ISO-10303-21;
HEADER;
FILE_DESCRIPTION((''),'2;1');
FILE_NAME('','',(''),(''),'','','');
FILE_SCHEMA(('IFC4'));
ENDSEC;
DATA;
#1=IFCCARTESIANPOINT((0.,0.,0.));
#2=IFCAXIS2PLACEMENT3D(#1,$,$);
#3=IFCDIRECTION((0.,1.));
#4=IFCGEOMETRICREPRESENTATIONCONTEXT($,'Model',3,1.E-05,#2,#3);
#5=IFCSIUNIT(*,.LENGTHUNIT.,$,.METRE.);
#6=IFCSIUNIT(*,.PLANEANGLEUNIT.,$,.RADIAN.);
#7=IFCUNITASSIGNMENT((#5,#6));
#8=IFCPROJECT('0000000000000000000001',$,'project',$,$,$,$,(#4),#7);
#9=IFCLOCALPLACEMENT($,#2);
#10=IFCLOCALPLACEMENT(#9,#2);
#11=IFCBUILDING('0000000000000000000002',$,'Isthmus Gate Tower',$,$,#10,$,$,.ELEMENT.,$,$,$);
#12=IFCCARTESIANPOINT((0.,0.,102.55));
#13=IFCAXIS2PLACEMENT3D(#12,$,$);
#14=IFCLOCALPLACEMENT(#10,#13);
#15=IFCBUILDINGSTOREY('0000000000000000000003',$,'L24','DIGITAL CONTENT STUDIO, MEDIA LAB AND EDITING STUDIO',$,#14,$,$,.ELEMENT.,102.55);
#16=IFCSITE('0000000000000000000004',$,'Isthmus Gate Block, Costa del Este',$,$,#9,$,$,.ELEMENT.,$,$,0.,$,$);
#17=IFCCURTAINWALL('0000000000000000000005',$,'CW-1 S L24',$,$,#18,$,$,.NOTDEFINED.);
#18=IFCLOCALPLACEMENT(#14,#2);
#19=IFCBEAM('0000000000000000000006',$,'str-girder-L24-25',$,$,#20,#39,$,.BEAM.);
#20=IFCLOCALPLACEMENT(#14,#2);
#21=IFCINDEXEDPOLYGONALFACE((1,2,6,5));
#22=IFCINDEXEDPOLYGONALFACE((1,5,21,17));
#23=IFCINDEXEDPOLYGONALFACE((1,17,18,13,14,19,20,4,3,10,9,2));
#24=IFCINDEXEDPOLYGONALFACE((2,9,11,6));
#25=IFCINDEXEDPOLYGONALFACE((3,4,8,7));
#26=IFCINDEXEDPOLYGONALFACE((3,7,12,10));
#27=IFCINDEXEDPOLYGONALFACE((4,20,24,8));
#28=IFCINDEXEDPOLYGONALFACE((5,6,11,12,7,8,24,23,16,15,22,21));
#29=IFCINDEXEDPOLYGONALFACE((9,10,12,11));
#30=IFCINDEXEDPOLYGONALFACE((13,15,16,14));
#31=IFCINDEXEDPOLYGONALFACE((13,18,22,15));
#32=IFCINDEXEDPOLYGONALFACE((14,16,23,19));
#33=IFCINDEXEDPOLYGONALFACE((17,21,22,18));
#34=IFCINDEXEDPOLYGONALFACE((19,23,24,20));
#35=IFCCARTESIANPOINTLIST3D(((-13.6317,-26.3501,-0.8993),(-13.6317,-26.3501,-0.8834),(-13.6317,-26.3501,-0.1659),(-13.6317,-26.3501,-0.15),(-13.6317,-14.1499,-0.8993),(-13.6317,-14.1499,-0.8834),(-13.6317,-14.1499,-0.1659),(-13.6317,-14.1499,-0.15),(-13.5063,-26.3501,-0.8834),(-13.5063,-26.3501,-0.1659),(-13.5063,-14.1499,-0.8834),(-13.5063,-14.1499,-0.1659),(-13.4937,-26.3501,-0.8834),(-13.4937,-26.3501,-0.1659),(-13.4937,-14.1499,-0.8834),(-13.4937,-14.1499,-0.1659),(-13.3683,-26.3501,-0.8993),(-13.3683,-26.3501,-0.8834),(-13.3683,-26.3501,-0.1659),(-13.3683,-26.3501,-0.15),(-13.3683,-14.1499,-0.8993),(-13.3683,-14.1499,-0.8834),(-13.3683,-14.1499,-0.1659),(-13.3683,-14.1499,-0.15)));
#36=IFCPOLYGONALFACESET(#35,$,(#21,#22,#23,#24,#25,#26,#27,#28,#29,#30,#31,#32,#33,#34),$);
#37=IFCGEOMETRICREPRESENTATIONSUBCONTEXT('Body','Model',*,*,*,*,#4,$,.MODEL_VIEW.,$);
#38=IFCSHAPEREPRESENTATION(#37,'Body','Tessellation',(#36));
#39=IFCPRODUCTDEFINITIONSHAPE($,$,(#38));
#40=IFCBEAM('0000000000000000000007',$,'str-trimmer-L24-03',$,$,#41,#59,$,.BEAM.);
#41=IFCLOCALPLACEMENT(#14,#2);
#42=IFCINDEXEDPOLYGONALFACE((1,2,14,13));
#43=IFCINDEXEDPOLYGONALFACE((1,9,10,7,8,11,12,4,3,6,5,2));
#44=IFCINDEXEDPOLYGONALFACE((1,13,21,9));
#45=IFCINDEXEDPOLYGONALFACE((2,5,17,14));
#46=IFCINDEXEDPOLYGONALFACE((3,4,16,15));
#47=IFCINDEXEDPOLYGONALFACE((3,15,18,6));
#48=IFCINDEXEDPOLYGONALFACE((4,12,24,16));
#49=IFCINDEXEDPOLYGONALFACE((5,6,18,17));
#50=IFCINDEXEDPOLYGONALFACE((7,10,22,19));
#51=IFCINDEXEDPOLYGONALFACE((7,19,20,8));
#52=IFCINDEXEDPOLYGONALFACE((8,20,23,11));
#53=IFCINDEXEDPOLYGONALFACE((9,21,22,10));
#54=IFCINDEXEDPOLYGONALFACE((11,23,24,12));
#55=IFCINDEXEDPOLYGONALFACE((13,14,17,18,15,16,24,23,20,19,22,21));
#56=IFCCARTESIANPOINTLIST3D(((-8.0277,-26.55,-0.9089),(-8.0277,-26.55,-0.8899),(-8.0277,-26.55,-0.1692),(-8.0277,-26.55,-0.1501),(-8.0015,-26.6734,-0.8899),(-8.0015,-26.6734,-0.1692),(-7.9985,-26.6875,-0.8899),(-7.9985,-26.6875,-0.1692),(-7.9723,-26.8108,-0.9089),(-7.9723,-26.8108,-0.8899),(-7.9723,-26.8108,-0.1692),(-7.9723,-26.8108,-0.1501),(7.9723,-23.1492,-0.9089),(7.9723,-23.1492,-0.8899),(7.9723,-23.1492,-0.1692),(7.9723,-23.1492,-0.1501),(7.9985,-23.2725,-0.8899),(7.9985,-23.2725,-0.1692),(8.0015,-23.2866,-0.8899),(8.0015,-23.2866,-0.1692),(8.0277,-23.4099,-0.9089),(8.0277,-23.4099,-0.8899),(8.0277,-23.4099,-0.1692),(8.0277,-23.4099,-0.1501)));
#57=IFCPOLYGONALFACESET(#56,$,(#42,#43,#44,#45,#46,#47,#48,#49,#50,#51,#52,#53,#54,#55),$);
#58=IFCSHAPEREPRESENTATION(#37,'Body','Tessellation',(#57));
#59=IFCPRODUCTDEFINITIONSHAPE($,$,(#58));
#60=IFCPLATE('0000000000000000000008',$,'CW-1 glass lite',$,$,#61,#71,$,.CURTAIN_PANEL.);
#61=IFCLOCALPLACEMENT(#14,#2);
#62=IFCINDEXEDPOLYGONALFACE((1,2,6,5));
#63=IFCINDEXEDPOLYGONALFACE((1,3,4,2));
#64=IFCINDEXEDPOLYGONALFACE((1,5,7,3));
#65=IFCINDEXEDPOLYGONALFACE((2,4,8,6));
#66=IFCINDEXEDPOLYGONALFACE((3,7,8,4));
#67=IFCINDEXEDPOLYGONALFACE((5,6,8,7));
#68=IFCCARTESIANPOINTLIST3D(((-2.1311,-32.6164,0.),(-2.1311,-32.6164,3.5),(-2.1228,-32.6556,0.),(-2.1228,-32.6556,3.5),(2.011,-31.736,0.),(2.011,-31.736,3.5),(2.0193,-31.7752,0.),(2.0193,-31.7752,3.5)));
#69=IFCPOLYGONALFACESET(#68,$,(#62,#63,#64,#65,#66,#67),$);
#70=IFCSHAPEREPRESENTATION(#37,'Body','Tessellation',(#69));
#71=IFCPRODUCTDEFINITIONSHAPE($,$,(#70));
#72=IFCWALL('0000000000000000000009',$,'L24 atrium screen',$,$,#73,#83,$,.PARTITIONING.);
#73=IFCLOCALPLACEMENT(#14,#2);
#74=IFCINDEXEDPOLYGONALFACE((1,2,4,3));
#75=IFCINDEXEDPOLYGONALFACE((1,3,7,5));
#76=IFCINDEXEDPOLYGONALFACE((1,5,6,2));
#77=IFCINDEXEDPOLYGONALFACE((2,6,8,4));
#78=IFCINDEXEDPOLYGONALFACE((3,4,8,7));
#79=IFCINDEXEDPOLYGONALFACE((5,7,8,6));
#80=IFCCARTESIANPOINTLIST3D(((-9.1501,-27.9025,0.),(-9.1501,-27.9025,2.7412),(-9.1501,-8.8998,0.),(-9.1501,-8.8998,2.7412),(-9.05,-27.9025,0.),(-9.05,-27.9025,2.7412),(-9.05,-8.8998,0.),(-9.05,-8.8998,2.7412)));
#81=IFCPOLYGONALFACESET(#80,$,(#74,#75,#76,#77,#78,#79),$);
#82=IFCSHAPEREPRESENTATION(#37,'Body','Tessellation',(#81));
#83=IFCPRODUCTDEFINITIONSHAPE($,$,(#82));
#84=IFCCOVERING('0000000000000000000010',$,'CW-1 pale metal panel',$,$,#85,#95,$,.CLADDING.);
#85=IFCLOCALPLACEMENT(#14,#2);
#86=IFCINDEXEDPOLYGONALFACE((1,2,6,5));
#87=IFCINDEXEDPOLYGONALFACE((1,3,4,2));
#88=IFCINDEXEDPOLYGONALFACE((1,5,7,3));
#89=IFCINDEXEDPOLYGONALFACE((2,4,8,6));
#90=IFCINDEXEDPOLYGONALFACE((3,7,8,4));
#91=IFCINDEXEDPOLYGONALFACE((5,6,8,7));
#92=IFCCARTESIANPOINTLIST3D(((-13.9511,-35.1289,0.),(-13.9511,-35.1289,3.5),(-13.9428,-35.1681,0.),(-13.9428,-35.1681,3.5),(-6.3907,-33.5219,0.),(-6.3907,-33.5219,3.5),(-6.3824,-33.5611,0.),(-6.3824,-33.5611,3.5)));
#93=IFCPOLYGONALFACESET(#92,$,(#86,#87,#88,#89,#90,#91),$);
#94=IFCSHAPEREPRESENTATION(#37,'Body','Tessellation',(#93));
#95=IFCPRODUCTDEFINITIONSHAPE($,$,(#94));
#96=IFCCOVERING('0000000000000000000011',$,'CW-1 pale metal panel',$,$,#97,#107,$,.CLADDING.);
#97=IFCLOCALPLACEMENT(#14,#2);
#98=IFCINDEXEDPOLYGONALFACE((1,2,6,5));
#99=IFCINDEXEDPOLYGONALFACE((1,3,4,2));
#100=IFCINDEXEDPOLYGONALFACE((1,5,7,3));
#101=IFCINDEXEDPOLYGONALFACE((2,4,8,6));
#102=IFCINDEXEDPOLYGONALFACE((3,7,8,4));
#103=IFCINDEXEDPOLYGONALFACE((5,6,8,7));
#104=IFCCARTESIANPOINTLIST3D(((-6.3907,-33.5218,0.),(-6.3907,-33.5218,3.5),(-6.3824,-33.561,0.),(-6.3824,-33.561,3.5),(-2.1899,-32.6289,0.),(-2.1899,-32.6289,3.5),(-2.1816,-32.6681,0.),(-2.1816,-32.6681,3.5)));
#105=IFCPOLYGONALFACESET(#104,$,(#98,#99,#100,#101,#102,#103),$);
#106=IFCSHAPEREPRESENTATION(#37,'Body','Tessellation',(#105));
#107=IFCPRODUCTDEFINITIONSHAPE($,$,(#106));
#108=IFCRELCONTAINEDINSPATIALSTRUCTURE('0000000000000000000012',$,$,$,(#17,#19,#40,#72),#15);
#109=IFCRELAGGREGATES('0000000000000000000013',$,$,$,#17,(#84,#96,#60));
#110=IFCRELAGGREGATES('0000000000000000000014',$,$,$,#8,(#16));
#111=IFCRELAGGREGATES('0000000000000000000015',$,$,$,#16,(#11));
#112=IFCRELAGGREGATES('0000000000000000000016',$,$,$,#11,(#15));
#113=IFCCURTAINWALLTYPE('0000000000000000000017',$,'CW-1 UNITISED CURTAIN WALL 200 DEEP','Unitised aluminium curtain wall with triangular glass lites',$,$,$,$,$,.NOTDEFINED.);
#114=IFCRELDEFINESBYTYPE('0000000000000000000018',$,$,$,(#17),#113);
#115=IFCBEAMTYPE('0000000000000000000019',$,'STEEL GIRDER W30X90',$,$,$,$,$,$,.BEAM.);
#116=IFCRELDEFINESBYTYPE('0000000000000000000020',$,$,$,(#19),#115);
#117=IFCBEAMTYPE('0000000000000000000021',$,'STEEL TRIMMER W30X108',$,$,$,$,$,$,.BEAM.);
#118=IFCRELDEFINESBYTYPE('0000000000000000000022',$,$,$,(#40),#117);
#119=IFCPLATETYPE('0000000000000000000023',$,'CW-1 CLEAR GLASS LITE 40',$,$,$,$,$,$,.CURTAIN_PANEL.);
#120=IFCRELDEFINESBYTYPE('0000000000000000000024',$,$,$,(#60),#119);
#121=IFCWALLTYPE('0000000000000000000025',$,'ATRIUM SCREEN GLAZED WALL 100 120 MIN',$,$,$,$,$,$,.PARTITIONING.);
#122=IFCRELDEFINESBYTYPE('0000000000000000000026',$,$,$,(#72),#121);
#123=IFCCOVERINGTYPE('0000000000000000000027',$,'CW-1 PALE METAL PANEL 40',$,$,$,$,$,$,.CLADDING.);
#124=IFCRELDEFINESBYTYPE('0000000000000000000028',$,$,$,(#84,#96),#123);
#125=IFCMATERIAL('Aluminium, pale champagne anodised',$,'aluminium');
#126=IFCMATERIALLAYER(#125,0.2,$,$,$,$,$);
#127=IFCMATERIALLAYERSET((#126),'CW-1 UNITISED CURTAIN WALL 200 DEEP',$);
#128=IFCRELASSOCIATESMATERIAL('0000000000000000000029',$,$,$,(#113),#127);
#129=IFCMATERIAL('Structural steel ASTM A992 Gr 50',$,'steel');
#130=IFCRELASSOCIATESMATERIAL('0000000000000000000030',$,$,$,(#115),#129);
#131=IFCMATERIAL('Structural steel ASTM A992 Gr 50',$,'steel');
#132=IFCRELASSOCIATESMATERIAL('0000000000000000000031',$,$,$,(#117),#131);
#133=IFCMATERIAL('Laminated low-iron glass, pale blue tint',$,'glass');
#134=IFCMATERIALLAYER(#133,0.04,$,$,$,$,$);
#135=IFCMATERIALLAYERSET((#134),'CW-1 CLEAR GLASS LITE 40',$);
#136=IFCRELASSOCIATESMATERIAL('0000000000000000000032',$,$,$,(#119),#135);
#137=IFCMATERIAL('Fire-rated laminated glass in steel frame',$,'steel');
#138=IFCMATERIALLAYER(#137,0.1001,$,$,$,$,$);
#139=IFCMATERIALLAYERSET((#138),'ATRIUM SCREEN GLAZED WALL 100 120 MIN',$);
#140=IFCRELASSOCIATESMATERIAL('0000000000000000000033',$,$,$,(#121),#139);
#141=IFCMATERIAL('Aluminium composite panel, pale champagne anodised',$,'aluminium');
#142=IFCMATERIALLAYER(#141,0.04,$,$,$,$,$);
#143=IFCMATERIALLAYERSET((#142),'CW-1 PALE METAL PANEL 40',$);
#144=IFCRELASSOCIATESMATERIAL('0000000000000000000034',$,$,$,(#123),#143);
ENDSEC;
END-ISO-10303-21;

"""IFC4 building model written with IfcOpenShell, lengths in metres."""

from ifc_helpers import new_model, si_unit, direction, frame, frame_2d, origin, origin_2d, place, context, subcontext, project, spatial, rectangle, i_section, extrude, material, layer, layer_set, material_profile, profile_set, type_object, element, aggregate, save


model = new_model("IFC4")

# Units and contexts
model_context = context("Model", 3, precision=1e-05, world=origin(), true_north=direction((0.0, 1.0)))
body_context = subcontext(model_context, "Body", "Model", "MODEL_VIEW")
ifc_project = project(units=[si_unit("LENGTHUNIT", "METRE"), si_unit("PLANEANGLEUNIT", "RADIAN")], contexts=[model_context])

# Site, building, storey
site_placement = place(None, origin())
site = spatial("IfcSite", under=ifc_project, at=site_placement, Name="Isthmus Gate Block, Costa del Este", CompositionType="ELEMENT", RefElevation=0.0)
building_placement = place(site_placement, origin())
building = spatial("IfcBuilding", under=site, at=building_placement, Name="Isthmus Gate Tower", CompositionType="ELEMENT")
storey_placement = place(building_placement, frame((0.0, 0.0, 102.55)))
storey = spatial("IfcBuildingStorey", under=building, at=storey_placement, Name="L24", Description="DIGITAL CONTENT STUDIO, MEDIA LAB AND EDITING STUDIO", CompositionType="ELEMENT", Elevation=102.55)

# Curtain wall
ifc_material_1 = material(Name="Aluminium, pale champagne anodised", Category="aluminium")
ifc_layer_1 = layer(ifc_material_1, 0.2)
ifc_layer_set_1 = layer_set([ifc_layer_1], Name="CW-1 UNITISED CURTAIN WALL 200 DEEP")
curtain_wall_type = type_object("IfcCurtainWallType", Name="CW-1 UNITISED CURTAIN WALL 200 DEEP", Description="Unitised aluminium curtain wall with triangular glass lites", PredefinedType="NOTDEFINED", material=ifc_layer_set_1)
curtain_wall_placement = place(storey_placement, origin())
curtain_wall = element("IfcCurtainWall", 1, at=curtain_wall_placement, inside=storey, type_object=curtain_wall_type, Name="CW-1 S L24", PredefinedType="NOTDEFINED")

# Beams
ifc_material_2 = material(Name="Structural steel ASTM A992 Gr 50", Category="steel")
ifc_material_profile_1 = material_profile(ifc_material_2, i_section(OverallWidth=0.2634, OverallDepth=0.7493, WebThickness=0.0127, FlangeThickness=0.0159, at=origin_2d()), Name="W30X90")
ifc_profile_set_1 = profile_set([ifc_material_profile_1], Name="Structural steel ASTM A992 Gr 50")
beam_type_1 = type_object("IfcBeamType", Name="STEEL GIRDER W30X90", PredefinedType="BEAM", material=ifc_profile_set_1)
beam_1_placement = place(storey_placement, frame((-13.5, -26.3501, -0.5247), z_axis=(0.0, 1.0, 0.0), x_axis=(-1.0, 0.0, 0.0)))
element("IfcBeam", 2, at=beam_1_placement, inside=storey, type_object=beam_type_1, Name="str-girder-L24-25", PredefinedType="BEAM", context=body_context, shape_type="SweptSolid", body=[
    extrude(i_section(OverallWidth=0.2634, OverallDepth=0.7493, WebThickness=0.0127, FlangeThickness=0.0159, at=origin_2d()), origin(), (0.0, 0.0, 1.0), 12.2002),
])
ifc_material_3 = material(Name="Structural steel ASTM A992 Gr 50", Category="steel")
ifc_material_profile_2 = material_profile(ifc_material_3, i_section(OverallWidth=0.2666, OverallDepth=0.7588, WebThickness=0.0144, FlangeThickness=0.019, at=origin_2d()), Name="W30X108")
ifc_profile_set_2 = profile_set([ifc_material_profile_2], Name="Structural steel ASTM A992 Gr 50")
beam_type_2 = type_object("IfcBeamType", Name="STEEL TRIMMER W30X108", PredefinedType="BEAM", material=ifc_profile_set_2)
beam_2_placement = place(storey_placement, frame((-8.0, -26.6804, -0.5295), z_axis=(0.978148, 0.20791, 0.0), x_axis=(-0.20791, 0.978148, 0.0)))
element("IfcBeam", 3, at=beam_2_placement, inside=storey, type_object=beam_type_2, Name="str-trimmer-L24-03", PredefinedType="BEAM", context=body_context, shape_type="SweptSolid", body=[
    extrude(i_section(OverallWidth=0.2666, OverallDepth=0.7588, WebThickness=0.0144, FlangeThickness=0.019, at=origin_2d()), origin(), (0.0, 0.0, 1.0), 16.3574),
])

# Plate
ifc_material_4 = material(Name="Laminated low-iron glass, pale blue tint", Category="glass")
ifc_layer_2 = layer(ifc_material_4, 0.04)
ifc_layer_set_2 = layer_set([ifc_layer_2], Name="CW-1 CLEAR GLASS LITE 40")
plate_type = type_object("IfcPlateType", Name="CW-1 CLEAR GLASS LITE 40", PredefinedType="CURTAIN_PANEL", material=ifc_layer_set_2)
plate_placement = place(storey_placement, frame((-0.0559, -32.1958, 0.0), z_axis=(0.0, 0.0, 1.0), x_axis=(0.978148, 0.207912, 0.0)))
plate = element("IfcPlate", 4, at=plate_placement, type_object=plate_type, Name="CW-1 glass lite", PredefinedType="CURTAIN_PANEL", context=body_context, shape_type="SweptSolid", body=[
    extrude(rectangle(XDim=4.2346, YDim=0.04, at=origin_2d()), origin(), (0.0, 0.0, 1.0), 3.5),
])

# Wall
ifc_material_5 = material(Name="Fire-rated laminated glass in steel frame", Category="steel")
ifc_layer_3 = layer(ifc_material_5, 0.1001)
ifc_layer_set_3 = layer_set([ifc_layer_3], Name="ATRIUM SCREEN GLAZED WALL 100 120 MIN")
wall_type = type_object("IfcWallType", Name="ATRIUM SCREEN GLAZED WALL 100 120 MIN", PredefinedType="PARTITIONING", material=ifc_layer_set_3)
wall_placement = place(storey_placement, frame((-9.1001, -27.9026, 0.0), z_axis=(0.0, 0.0, 1.0), x_axis=(0.0, 1.0, 0.0)))
element("IfcWall", 5, at=wall_placement, inside=storey, type_object=wall_type, Name="L24 atrium screen", PredefinedType="PARTITIONING", context=body_context, shape_type="SweptSolid", body=[
    extrude(rectangle(XDim=19.0027, YDim=0.1001, at=frame_2d((9.5015, 0.0))), origin(), (0.0, 0.0, 1.0), 2.7412),
])

# Coverings
ifc_material_6 = material(Name="Aluminium composite panel, pale champagne anodised", Category="aluminium")
ifc_layer_4 = layer(ifc_material_6, 0.04)
ifc_layer_set_4 = layer_set([ifc_layer_4], Name="CW-1 PALE METAL PANEL 40")
covering_type = type_object("IfcCoveringType", Name="CW-1 PALE METAL PANEL 40", PredefinedType="CLADDING", material=ifc_layer_set_4)
covering_1_placement = place(storey_placement, frame((-10.1667, -34.345, 0.0), z_axis=(0.0, 0.0, 1.0), x_axis=(0.978148, 0.207912, 0.0)))
covering_1 = element("IfcCovering", 6, at=covering_1_placement, type_object=covering_type, Name="CW-1 pale metal panel", PredefinedType="CLADDING", context=body_context, shape_type="SweptSolid", body=[
    extrude(rectangle(XDim=7.7292, YDim=0.04, at=origin_2d()), origin(), (0.0, 0.0, 1.0), 3.5),
])
covering_2_placement = place(storey_placement, frame((-4.2861, -33.095, 0.0), z_axis=(0.0, 0.0, 1.0), x_axis=(0.978148, 0.207912, 0.0)))
covering_2 = element("IfcCovering", 7, at=covering_2_placement, type_object=covering_type, Name="CW-1 pale metal panel", PredefinedType="CLADDING", context=body_context, shape_type="SweptSolid", body=[
    extrude(rectangle(XDim=4.2947, YDim=0.04, at=origin_2d()), origin(), (0.0, 0.0, 1.0), 3.5),
])
aggregate(curtain_wall, [covering_1, covering_2, plate])

save(model, "model.ifc")
